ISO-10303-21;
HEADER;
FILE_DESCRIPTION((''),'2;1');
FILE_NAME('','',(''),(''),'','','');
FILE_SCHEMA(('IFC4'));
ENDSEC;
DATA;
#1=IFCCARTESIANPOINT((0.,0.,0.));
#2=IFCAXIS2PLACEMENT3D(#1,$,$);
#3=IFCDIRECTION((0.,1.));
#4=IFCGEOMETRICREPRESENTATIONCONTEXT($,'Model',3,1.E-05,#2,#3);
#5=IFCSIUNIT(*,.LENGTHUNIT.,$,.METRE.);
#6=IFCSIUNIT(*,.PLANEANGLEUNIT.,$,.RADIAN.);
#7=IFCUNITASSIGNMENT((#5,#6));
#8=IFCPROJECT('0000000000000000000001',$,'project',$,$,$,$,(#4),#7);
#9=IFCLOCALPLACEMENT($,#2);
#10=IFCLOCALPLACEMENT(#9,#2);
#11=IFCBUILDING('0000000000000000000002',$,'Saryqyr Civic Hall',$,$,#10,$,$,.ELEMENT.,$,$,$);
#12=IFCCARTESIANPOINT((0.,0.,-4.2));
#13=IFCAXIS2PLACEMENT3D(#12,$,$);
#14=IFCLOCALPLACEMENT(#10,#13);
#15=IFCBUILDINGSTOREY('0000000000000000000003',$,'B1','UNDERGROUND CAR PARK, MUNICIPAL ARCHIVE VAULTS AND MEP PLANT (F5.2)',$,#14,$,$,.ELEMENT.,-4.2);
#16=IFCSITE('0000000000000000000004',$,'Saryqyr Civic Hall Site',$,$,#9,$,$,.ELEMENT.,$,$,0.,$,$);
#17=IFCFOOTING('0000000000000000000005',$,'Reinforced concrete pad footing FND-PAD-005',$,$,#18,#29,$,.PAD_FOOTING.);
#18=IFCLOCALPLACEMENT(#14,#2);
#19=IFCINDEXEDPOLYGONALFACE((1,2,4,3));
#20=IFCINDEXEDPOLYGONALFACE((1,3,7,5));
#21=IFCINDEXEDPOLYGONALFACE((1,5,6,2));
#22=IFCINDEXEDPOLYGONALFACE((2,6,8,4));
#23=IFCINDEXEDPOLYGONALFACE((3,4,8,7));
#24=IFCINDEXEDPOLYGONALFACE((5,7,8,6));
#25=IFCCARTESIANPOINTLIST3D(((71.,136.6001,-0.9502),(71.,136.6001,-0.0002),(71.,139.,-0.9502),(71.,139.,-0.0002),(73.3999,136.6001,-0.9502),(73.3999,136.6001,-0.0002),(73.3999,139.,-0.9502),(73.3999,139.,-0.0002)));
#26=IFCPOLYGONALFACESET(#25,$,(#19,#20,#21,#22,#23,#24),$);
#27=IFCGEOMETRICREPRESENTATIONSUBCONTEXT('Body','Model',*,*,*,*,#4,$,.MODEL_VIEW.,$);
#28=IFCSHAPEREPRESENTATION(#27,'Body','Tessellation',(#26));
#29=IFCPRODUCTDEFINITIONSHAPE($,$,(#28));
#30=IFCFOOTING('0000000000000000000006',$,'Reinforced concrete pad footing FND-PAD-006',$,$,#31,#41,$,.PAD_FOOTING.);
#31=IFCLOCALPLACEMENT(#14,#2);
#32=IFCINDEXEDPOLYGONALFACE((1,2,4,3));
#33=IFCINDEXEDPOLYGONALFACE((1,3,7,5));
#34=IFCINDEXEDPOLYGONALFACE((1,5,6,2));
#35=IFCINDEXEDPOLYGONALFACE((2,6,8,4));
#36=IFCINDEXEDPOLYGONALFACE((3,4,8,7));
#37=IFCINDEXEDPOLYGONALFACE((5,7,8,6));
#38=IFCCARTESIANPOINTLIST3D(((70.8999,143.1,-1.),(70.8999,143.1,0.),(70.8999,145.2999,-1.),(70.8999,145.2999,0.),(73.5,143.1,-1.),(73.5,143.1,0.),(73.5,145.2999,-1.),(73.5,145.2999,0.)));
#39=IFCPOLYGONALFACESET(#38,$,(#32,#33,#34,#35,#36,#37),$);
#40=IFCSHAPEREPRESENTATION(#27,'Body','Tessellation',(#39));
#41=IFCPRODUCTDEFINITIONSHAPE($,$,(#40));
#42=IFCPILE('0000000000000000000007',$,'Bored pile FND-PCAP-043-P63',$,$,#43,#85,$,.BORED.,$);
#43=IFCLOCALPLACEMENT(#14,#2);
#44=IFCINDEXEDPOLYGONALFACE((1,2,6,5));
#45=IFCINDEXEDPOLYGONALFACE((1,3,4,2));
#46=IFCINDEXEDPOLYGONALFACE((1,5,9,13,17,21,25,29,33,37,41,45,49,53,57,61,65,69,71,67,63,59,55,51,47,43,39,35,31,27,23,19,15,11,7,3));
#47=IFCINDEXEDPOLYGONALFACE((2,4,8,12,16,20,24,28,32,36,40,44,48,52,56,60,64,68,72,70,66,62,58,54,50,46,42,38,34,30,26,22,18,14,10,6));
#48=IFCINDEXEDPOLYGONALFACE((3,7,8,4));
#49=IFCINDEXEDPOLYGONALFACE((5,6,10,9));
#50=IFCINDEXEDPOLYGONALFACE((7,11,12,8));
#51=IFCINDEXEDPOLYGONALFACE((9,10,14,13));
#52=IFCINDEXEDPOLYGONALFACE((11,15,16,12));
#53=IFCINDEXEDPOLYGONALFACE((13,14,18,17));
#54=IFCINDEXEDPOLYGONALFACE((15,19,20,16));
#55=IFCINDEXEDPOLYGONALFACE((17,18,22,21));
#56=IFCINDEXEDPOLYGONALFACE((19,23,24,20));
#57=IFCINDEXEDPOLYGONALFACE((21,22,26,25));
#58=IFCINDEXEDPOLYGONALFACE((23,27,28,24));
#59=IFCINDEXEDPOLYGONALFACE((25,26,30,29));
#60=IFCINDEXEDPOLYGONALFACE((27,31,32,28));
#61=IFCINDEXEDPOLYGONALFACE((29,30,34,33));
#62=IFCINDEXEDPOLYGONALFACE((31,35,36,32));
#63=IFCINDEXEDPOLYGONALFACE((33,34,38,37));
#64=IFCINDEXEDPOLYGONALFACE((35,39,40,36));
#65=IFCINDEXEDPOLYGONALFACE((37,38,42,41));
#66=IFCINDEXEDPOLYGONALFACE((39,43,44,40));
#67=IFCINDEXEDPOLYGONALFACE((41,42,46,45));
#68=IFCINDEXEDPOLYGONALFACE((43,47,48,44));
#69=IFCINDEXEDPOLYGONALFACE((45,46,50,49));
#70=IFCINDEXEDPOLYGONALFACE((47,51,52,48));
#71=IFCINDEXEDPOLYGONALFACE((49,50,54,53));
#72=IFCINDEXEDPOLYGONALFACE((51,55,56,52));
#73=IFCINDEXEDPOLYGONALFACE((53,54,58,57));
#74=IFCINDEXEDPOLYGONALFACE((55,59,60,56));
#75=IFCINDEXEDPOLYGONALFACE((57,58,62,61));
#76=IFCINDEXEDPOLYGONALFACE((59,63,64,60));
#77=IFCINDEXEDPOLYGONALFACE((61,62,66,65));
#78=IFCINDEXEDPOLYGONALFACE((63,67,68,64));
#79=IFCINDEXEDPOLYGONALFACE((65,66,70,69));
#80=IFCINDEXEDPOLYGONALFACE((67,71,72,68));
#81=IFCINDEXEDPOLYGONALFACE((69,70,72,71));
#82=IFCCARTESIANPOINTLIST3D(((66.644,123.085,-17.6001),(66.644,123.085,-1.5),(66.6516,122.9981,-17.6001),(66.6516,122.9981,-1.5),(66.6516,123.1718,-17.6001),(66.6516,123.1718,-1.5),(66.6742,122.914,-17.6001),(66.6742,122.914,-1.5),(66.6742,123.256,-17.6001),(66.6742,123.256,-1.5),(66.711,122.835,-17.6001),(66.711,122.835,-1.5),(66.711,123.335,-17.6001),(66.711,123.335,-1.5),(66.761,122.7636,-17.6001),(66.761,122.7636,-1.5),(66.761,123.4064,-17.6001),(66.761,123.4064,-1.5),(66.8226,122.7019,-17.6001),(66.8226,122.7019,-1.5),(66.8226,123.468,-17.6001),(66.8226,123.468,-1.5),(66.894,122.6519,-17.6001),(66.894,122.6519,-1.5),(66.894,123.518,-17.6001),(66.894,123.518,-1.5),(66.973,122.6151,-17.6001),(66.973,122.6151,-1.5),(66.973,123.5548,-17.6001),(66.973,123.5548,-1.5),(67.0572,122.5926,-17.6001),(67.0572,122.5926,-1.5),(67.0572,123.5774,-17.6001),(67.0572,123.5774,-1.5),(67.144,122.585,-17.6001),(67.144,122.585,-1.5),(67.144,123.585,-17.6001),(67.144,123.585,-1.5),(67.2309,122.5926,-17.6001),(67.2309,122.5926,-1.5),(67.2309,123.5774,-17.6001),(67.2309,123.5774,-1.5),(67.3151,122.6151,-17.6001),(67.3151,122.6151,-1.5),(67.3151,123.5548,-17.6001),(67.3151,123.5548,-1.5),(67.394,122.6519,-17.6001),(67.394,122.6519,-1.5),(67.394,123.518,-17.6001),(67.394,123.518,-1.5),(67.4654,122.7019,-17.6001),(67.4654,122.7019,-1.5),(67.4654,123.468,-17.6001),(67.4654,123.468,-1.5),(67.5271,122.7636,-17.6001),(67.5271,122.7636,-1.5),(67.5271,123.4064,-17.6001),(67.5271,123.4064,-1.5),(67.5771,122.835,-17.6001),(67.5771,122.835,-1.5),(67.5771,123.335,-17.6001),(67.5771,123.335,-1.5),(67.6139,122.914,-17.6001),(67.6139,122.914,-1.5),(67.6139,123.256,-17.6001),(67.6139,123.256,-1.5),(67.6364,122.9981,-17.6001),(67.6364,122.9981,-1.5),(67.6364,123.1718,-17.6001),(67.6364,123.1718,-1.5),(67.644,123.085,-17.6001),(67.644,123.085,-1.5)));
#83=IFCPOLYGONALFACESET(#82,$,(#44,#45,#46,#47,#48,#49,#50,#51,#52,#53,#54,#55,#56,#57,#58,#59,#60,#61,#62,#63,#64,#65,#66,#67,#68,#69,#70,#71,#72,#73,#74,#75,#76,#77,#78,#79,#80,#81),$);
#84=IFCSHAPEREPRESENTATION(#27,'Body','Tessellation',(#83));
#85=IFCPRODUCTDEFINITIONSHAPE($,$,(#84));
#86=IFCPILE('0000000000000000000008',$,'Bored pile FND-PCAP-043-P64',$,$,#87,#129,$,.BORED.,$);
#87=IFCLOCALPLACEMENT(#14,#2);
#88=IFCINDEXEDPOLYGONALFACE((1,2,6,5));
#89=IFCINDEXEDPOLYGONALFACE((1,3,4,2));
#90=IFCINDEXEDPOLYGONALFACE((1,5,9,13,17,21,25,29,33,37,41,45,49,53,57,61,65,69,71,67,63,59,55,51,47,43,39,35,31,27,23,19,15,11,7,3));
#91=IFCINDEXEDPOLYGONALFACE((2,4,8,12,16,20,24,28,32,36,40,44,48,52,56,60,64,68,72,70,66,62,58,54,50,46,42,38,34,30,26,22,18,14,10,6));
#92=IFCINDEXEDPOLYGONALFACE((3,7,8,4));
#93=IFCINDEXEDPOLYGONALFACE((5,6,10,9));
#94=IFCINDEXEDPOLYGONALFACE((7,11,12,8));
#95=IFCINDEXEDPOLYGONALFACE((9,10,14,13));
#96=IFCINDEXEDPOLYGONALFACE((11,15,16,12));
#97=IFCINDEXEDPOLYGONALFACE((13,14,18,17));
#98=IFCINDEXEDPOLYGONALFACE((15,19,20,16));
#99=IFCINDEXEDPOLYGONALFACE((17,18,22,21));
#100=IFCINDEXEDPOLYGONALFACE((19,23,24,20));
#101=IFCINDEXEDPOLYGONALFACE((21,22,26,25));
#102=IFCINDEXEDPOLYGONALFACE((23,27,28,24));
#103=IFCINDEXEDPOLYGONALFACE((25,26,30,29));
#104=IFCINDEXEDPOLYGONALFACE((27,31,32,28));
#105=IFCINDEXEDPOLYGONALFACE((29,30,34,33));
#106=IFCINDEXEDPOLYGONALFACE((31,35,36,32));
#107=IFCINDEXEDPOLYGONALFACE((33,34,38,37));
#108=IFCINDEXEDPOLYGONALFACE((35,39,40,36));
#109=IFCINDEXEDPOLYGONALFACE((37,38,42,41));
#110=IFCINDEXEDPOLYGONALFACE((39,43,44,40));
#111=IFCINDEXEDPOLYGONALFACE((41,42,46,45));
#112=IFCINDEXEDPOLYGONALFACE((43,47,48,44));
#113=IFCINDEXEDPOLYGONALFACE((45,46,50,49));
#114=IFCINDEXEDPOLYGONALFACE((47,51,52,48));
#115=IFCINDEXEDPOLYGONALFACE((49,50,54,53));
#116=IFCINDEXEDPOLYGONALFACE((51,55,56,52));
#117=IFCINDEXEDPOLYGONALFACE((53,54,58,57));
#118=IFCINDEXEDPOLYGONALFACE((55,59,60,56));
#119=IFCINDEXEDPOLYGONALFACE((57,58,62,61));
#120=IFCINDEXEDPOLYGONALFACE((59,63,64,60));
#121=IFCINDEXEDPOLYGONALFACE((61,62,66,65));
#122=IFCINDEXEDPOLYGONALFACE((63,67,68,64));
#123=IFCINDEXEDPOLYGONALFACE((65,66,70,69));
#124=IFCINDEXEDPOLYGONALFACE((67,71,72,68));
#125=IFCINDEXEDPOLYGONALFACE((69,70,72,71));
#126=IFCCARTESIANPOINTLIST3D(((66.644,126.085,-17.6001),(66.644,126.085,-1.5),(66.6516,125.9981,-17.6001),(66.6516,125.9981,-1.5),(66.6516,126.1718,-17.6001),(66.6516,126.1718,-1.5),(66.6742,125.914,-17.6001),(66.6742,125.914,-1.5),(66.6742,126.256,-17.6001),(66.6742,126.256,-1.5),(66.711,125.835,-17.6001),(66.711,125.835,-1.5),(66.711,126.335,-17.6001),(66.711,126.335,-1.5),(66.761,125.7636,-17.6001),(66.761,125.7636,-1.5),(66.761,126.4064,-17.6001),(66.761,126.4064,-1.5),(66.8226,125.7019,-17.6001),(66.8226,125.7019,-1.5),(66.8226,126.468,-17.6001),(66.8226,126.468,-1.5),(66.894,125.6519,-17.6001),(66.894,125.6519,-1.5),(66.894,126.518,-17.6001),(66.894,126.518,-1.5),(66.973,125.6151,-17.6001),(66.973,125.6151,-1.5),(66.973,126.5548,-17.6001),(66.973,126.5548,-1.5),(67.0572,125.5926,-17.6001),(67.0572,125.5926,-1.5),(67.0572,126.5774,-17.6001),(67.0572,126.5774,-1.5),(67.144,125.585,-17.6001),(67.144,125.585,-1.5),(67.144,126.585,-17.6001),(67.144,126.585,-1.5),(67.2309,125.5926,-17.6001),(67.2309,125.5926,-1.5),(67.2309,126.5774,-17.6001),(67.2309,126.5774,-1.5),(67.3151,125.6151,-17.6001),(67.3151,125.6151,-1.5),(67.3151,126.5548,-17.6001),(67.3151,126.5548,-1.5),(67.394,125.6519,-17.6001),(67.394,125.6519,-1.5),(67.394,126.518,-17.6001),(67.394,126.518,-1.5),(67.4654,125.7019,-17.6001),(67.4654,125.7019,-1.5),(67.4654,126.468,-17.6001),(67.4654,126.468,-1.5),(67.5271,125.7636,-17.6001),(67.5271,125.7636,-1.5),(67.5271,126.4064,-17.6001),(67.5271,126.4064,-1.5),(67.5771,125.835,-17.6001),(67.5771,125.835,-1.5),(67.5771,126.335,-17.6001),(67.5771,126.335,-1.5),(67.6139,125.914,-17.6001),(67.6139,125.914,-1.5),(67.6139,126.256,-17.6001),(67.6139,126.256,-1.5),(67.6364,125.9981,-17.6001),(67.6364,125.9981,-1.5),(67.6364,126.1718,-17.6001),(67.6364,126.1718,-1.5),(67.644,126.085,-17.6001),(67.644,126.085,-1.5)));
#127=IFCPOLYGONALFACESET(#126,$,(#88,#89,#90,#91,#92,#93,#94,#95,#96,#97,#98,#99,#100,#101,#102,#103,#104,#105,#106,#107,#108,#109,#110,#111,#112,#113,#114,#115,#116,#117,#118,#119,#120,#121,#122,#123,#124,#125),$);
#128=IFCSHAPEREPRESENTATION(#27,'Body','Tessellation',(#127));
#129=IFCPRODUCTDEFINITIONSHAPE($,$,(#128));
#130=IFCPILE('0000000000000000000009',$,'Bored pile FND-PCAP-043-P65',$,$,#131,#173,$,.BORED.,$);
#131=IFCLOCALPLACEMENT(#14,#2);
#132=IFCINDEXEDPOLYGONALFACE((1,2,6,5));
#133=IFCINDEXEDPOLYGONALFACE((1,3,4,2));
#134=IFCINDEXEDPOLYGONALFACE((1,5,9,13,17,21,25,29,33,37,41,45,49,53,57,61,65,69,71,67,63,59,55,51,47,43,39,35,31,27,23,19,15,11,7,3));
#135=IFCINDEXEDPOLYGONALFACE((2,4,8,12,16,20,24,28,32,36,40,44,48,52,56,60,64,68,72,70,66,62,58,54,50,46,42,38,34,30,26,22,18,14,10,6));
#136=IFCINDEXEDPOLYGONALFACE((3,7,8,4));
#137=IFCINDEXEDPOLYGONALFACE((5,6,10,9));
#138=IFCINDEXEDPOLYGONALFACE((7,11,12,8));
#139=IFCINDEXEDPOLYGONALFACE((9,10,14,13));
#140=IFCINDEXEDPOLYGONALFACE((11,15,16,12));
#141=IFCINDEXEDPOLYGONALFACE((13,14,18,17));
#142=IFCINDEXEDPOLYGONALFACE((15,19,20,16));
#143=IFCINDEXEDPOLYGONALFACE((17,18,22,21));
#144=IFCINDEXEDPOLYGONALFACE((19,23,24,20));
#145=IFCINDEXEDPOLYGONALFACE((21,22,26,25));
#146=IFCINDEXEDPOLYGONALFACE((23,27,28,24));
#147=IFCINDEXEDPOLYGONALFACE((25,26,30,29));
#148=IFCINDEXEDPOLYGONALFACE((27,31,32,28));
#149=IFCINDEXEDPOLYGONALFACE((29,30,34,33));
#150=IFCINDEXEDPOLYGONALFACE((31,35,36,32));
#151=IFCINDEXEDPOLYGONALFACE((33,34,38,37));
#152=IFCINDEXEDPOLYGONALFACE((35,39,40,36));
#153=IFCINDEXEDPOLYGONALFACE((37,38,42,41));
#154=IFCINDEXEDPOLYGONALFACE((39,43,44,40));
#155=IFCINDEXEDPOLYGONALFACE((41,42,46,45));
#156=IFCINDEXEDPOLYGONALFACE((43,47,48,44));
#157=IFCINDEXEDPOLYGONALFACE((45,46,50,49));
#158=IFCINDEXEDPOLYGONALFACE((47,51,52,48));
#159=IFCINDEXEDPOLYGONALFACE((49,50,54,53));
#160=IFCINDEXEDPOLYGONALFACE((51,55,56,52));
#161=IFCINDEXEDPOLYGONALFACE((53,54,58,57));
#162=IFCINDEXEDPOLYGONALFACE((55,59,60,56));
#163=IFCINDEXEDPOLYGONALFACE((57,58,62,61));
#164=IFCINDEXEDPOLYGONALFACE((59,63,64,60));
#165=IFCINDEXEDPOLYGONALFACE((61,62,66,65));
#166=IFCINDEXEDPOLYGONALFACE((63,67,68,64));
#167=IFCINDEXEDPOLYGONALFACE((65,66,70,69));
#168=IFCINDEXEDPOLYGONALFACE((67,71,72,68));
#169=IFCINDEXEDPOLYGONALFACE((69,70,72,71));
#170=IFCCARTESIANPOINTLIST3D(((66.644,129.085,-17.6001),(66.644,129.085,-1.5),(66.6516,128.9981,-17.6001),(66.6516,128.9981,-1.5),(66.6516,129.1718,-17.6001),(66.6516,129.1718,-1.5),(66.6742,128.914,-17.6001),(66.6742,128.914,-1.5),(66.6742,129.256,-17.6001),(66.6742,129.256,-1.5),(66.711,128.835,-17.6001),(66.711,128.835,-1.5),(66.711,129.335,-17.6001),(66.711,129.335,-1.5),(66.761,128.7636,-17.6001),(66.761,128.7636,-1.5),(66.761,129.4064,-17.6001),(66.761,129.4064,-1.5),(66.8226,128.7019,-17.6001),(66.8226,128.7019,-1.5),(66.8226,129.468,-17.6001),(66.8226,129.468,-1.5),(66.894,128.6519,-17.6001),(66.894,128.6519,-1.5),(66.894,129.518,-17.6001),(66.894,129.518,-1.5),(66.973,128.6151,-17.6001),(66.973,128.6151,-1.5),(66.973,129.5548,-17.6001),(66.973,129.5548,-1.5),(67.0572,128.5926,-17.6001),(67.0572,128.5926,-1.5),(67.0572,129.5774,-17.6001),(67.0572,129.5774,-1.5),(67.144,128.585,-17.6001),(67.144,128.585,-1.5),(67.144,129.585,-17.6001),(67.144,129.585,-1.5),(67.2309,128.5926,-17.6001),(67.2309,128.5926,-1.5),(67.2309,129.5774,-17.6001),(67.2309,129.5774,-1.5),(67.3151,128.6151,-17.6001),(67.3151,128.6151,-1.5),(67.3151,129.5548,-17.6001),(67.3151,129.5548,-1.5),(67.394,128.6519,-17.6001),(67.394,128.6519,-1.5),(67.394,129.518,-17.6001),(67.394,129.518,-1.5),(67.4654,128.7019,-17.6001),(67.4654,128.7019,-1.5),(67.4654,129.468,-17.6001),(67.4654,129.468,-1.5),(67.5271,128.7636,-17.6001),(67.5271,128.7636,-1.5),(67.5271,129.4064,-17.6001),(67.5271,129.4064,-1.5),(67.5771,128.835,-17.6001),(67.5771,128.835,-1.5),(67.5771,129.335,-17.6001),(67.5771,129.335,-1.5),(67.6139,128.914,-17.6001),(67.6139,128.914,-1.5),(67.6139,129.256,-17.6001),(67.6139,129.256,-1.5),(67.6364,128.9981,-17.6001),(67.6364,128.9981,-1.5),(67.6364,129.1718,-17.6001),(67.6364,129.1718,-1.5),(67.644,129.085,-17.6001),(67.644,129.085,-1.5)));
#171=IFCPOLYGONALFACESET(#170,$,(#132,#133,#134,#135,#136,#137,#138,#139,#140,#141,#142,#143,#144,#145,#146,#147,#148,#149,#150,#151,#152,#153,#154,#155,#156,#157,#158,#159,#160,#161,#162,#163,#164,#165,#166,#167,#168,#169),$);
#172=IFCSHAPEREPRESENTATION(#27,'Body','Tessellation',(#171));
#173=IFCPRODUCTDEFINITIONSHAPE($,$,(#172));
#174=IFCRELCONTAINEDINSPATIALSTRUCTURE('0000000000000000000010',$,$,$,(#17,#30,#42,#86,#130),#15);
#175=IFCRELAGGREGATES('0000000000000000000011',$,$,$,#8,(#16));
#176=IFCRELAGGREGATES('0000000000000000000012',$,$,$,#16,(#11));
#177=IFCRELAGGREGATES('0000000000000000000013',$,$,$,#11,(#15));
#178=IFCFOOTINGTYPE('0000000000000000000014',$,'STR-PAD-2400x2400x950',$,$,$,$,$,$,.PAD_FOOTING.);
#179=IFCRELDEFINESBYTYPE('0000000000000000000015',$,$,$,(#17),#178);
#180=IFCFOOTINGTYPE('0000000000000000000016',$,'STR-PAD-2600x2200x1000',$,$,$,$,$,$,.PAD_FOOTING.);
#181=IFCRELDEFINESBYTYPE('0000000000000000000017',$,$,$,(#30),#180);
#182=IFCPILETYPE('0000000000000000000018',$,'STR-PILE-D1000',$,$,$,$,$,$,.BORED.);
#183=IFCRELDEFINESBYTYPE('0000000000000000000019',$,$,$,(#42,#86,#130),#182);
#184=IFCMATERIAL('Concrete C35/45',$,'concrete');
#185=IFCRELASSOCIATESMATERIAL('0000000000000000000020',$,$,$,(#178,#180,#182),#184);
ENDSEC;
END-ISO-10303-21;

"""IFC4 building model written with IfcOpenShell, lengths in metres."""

from ifc_helpers import new_model, si_unit, direction, frame, origin, origin_2d, place, context, subcontext, project, spatial, rectangle, circle, extrude, material, material_profile, profile_set, type_object, element, save


model = new_model("IFC4")

# Units and contexts
model_context = context("Model", 3, precision=1e-05, world=origin(), true_north=direction((0.0, 1.0)))
body_context = subcontext(model_context, "Body", "Model", "MODEL_VIEW")
ifc_project = project(units=[si_unit("LENGTHUNIT", "METRE"), si_unit("PLANEANGLEUNIT", "RADIAN")], contexts=[model_context])

# Site, building, storey
site_placement = place(None, origin())
site = spatial("IfcSite", under=ifc_project, at=site_placement, Name="Saryqyr Civic Hall Site", CompositionType="ELEMENT", RefElevation=0.0)
building_placement = place(site_placement, origin())
building = spatial("IfcBuilding", under=site, at=building_placement, Name="Saryqyr Civic Hall", CompositionType="ELEMENT")
storey_placement = place(building_placement, frame((0.0, 0.0, -4.2)))
storey = spatial("IfcBuildingStorey", under=building, at=storey_placement, Name="B1", Description="UNDERGROUND CAR PARK, MUNICIPAL ARCHIVE VAULTS AND MEP PLANT (F5.2)", CompositionType="ELEMENT", Elevation=-4.2)

# Footings
ifc_material_1 = material(Name="Concrete C35/45", Category="concrete")
footing_type_1 = type_object("IfcFootingType", Name="STR-PAD-2400x2400x950", PredefinedType="PAD_FOOTING", material=ifc_material_1)
footing_1_placement = place(storey_placement, frame((72.2, 137.8, -0.9502), z_axis=(0.0, 0.0, 1.0), x_axis=(1.0, 0.0, 0.0)))
element("IfcFooting", 1, at=footing_1_placement, inside=storey, type_object=footing_type_1, Name="Reinforced concrete pad footing FND-PAD-005", PredefinedType="PAD_FOOTING", context=body_context, shape_type="SweptSolid", body=[
    extrude(rectangle(XDim=2.3999, YDim=2.3999, at=origin_2d()), origin(), (0.0, 0.0, 1.0), 0.95),
])
footing_type_2 = type_object("IfcFootingType", Name="STR-PAD-2600x2200x1000", PredefinedType="PAD_FOOTING", material=ifc_material_1)
footing_2_placement = place(storey_placement, frame((72.2, 144.2, -1.0), z_axis=(0.0, 0.0, 1.0), x_axis=(1.0, 0.0, 0.0)))
element("IfcFooting", 2, at=footing_2_placement, inside=storey, type_object=footing_type_2, Name="Reinforced concrete pad footing FND-PAD-006", PredefinedType="PAD_FOOTING", context=body_context, shape_type="SweptSolid", body=[
    extrude(rectangle(XDim=2.6001, YDim=2.2, at=origin_2d()), origin(), (0.0, 0.0, 1.0), 1.0),
])

# Piles
ifc_material_profile_1 = material_profile(ifc_material_1, circle(Radius=0.5, at=origin_2d()), Name="BORED PILE D1000")
ifc_profile_set_1 = profile_set([ifc_material_profile_1], Name="Concrete C35/45")
pile_type = type_object("IfcPileType", Name="STR-PILE-D1000", PredefinedType="BORED", material=ifc_profile_set_1)
for number, where, z_axis, x_axis, name in (
    (3, (67.144, 123.085, -1.5), (0.0, 0.0, -1.0), (1.0, 0.0, 0.0), "Bored pile FND-PCAP-043-P63"),
    (4, (67.144, 126.085, -1.5), (0.0, 0.0, -1.0), (1.0, 0.0, 0.0), "Bored pile FND-PCAP-043-P64"),
    (5, (67.144, 129.085, -1.5), (0.0, 0.0, -1.0), (1.0, 0.0, 0.0), "Bored pile FND-PCAP-043-P65"),
):
    element("IfcPile", number, at=place(storey_placement, frame(where, z_axis=z_axis, x_axis=x_axis)), inside=storey, type_object=pile_type, Name=name, PredefinedType="BORED", context=body_context, shape_type="SweptSolid", body=[
        extrude(circle(Radius=0.5, at=origin_2d()), origin(), (0.0, 0.0, 1.0), 16.1001),
    ])

save(model, "model.ifc")
